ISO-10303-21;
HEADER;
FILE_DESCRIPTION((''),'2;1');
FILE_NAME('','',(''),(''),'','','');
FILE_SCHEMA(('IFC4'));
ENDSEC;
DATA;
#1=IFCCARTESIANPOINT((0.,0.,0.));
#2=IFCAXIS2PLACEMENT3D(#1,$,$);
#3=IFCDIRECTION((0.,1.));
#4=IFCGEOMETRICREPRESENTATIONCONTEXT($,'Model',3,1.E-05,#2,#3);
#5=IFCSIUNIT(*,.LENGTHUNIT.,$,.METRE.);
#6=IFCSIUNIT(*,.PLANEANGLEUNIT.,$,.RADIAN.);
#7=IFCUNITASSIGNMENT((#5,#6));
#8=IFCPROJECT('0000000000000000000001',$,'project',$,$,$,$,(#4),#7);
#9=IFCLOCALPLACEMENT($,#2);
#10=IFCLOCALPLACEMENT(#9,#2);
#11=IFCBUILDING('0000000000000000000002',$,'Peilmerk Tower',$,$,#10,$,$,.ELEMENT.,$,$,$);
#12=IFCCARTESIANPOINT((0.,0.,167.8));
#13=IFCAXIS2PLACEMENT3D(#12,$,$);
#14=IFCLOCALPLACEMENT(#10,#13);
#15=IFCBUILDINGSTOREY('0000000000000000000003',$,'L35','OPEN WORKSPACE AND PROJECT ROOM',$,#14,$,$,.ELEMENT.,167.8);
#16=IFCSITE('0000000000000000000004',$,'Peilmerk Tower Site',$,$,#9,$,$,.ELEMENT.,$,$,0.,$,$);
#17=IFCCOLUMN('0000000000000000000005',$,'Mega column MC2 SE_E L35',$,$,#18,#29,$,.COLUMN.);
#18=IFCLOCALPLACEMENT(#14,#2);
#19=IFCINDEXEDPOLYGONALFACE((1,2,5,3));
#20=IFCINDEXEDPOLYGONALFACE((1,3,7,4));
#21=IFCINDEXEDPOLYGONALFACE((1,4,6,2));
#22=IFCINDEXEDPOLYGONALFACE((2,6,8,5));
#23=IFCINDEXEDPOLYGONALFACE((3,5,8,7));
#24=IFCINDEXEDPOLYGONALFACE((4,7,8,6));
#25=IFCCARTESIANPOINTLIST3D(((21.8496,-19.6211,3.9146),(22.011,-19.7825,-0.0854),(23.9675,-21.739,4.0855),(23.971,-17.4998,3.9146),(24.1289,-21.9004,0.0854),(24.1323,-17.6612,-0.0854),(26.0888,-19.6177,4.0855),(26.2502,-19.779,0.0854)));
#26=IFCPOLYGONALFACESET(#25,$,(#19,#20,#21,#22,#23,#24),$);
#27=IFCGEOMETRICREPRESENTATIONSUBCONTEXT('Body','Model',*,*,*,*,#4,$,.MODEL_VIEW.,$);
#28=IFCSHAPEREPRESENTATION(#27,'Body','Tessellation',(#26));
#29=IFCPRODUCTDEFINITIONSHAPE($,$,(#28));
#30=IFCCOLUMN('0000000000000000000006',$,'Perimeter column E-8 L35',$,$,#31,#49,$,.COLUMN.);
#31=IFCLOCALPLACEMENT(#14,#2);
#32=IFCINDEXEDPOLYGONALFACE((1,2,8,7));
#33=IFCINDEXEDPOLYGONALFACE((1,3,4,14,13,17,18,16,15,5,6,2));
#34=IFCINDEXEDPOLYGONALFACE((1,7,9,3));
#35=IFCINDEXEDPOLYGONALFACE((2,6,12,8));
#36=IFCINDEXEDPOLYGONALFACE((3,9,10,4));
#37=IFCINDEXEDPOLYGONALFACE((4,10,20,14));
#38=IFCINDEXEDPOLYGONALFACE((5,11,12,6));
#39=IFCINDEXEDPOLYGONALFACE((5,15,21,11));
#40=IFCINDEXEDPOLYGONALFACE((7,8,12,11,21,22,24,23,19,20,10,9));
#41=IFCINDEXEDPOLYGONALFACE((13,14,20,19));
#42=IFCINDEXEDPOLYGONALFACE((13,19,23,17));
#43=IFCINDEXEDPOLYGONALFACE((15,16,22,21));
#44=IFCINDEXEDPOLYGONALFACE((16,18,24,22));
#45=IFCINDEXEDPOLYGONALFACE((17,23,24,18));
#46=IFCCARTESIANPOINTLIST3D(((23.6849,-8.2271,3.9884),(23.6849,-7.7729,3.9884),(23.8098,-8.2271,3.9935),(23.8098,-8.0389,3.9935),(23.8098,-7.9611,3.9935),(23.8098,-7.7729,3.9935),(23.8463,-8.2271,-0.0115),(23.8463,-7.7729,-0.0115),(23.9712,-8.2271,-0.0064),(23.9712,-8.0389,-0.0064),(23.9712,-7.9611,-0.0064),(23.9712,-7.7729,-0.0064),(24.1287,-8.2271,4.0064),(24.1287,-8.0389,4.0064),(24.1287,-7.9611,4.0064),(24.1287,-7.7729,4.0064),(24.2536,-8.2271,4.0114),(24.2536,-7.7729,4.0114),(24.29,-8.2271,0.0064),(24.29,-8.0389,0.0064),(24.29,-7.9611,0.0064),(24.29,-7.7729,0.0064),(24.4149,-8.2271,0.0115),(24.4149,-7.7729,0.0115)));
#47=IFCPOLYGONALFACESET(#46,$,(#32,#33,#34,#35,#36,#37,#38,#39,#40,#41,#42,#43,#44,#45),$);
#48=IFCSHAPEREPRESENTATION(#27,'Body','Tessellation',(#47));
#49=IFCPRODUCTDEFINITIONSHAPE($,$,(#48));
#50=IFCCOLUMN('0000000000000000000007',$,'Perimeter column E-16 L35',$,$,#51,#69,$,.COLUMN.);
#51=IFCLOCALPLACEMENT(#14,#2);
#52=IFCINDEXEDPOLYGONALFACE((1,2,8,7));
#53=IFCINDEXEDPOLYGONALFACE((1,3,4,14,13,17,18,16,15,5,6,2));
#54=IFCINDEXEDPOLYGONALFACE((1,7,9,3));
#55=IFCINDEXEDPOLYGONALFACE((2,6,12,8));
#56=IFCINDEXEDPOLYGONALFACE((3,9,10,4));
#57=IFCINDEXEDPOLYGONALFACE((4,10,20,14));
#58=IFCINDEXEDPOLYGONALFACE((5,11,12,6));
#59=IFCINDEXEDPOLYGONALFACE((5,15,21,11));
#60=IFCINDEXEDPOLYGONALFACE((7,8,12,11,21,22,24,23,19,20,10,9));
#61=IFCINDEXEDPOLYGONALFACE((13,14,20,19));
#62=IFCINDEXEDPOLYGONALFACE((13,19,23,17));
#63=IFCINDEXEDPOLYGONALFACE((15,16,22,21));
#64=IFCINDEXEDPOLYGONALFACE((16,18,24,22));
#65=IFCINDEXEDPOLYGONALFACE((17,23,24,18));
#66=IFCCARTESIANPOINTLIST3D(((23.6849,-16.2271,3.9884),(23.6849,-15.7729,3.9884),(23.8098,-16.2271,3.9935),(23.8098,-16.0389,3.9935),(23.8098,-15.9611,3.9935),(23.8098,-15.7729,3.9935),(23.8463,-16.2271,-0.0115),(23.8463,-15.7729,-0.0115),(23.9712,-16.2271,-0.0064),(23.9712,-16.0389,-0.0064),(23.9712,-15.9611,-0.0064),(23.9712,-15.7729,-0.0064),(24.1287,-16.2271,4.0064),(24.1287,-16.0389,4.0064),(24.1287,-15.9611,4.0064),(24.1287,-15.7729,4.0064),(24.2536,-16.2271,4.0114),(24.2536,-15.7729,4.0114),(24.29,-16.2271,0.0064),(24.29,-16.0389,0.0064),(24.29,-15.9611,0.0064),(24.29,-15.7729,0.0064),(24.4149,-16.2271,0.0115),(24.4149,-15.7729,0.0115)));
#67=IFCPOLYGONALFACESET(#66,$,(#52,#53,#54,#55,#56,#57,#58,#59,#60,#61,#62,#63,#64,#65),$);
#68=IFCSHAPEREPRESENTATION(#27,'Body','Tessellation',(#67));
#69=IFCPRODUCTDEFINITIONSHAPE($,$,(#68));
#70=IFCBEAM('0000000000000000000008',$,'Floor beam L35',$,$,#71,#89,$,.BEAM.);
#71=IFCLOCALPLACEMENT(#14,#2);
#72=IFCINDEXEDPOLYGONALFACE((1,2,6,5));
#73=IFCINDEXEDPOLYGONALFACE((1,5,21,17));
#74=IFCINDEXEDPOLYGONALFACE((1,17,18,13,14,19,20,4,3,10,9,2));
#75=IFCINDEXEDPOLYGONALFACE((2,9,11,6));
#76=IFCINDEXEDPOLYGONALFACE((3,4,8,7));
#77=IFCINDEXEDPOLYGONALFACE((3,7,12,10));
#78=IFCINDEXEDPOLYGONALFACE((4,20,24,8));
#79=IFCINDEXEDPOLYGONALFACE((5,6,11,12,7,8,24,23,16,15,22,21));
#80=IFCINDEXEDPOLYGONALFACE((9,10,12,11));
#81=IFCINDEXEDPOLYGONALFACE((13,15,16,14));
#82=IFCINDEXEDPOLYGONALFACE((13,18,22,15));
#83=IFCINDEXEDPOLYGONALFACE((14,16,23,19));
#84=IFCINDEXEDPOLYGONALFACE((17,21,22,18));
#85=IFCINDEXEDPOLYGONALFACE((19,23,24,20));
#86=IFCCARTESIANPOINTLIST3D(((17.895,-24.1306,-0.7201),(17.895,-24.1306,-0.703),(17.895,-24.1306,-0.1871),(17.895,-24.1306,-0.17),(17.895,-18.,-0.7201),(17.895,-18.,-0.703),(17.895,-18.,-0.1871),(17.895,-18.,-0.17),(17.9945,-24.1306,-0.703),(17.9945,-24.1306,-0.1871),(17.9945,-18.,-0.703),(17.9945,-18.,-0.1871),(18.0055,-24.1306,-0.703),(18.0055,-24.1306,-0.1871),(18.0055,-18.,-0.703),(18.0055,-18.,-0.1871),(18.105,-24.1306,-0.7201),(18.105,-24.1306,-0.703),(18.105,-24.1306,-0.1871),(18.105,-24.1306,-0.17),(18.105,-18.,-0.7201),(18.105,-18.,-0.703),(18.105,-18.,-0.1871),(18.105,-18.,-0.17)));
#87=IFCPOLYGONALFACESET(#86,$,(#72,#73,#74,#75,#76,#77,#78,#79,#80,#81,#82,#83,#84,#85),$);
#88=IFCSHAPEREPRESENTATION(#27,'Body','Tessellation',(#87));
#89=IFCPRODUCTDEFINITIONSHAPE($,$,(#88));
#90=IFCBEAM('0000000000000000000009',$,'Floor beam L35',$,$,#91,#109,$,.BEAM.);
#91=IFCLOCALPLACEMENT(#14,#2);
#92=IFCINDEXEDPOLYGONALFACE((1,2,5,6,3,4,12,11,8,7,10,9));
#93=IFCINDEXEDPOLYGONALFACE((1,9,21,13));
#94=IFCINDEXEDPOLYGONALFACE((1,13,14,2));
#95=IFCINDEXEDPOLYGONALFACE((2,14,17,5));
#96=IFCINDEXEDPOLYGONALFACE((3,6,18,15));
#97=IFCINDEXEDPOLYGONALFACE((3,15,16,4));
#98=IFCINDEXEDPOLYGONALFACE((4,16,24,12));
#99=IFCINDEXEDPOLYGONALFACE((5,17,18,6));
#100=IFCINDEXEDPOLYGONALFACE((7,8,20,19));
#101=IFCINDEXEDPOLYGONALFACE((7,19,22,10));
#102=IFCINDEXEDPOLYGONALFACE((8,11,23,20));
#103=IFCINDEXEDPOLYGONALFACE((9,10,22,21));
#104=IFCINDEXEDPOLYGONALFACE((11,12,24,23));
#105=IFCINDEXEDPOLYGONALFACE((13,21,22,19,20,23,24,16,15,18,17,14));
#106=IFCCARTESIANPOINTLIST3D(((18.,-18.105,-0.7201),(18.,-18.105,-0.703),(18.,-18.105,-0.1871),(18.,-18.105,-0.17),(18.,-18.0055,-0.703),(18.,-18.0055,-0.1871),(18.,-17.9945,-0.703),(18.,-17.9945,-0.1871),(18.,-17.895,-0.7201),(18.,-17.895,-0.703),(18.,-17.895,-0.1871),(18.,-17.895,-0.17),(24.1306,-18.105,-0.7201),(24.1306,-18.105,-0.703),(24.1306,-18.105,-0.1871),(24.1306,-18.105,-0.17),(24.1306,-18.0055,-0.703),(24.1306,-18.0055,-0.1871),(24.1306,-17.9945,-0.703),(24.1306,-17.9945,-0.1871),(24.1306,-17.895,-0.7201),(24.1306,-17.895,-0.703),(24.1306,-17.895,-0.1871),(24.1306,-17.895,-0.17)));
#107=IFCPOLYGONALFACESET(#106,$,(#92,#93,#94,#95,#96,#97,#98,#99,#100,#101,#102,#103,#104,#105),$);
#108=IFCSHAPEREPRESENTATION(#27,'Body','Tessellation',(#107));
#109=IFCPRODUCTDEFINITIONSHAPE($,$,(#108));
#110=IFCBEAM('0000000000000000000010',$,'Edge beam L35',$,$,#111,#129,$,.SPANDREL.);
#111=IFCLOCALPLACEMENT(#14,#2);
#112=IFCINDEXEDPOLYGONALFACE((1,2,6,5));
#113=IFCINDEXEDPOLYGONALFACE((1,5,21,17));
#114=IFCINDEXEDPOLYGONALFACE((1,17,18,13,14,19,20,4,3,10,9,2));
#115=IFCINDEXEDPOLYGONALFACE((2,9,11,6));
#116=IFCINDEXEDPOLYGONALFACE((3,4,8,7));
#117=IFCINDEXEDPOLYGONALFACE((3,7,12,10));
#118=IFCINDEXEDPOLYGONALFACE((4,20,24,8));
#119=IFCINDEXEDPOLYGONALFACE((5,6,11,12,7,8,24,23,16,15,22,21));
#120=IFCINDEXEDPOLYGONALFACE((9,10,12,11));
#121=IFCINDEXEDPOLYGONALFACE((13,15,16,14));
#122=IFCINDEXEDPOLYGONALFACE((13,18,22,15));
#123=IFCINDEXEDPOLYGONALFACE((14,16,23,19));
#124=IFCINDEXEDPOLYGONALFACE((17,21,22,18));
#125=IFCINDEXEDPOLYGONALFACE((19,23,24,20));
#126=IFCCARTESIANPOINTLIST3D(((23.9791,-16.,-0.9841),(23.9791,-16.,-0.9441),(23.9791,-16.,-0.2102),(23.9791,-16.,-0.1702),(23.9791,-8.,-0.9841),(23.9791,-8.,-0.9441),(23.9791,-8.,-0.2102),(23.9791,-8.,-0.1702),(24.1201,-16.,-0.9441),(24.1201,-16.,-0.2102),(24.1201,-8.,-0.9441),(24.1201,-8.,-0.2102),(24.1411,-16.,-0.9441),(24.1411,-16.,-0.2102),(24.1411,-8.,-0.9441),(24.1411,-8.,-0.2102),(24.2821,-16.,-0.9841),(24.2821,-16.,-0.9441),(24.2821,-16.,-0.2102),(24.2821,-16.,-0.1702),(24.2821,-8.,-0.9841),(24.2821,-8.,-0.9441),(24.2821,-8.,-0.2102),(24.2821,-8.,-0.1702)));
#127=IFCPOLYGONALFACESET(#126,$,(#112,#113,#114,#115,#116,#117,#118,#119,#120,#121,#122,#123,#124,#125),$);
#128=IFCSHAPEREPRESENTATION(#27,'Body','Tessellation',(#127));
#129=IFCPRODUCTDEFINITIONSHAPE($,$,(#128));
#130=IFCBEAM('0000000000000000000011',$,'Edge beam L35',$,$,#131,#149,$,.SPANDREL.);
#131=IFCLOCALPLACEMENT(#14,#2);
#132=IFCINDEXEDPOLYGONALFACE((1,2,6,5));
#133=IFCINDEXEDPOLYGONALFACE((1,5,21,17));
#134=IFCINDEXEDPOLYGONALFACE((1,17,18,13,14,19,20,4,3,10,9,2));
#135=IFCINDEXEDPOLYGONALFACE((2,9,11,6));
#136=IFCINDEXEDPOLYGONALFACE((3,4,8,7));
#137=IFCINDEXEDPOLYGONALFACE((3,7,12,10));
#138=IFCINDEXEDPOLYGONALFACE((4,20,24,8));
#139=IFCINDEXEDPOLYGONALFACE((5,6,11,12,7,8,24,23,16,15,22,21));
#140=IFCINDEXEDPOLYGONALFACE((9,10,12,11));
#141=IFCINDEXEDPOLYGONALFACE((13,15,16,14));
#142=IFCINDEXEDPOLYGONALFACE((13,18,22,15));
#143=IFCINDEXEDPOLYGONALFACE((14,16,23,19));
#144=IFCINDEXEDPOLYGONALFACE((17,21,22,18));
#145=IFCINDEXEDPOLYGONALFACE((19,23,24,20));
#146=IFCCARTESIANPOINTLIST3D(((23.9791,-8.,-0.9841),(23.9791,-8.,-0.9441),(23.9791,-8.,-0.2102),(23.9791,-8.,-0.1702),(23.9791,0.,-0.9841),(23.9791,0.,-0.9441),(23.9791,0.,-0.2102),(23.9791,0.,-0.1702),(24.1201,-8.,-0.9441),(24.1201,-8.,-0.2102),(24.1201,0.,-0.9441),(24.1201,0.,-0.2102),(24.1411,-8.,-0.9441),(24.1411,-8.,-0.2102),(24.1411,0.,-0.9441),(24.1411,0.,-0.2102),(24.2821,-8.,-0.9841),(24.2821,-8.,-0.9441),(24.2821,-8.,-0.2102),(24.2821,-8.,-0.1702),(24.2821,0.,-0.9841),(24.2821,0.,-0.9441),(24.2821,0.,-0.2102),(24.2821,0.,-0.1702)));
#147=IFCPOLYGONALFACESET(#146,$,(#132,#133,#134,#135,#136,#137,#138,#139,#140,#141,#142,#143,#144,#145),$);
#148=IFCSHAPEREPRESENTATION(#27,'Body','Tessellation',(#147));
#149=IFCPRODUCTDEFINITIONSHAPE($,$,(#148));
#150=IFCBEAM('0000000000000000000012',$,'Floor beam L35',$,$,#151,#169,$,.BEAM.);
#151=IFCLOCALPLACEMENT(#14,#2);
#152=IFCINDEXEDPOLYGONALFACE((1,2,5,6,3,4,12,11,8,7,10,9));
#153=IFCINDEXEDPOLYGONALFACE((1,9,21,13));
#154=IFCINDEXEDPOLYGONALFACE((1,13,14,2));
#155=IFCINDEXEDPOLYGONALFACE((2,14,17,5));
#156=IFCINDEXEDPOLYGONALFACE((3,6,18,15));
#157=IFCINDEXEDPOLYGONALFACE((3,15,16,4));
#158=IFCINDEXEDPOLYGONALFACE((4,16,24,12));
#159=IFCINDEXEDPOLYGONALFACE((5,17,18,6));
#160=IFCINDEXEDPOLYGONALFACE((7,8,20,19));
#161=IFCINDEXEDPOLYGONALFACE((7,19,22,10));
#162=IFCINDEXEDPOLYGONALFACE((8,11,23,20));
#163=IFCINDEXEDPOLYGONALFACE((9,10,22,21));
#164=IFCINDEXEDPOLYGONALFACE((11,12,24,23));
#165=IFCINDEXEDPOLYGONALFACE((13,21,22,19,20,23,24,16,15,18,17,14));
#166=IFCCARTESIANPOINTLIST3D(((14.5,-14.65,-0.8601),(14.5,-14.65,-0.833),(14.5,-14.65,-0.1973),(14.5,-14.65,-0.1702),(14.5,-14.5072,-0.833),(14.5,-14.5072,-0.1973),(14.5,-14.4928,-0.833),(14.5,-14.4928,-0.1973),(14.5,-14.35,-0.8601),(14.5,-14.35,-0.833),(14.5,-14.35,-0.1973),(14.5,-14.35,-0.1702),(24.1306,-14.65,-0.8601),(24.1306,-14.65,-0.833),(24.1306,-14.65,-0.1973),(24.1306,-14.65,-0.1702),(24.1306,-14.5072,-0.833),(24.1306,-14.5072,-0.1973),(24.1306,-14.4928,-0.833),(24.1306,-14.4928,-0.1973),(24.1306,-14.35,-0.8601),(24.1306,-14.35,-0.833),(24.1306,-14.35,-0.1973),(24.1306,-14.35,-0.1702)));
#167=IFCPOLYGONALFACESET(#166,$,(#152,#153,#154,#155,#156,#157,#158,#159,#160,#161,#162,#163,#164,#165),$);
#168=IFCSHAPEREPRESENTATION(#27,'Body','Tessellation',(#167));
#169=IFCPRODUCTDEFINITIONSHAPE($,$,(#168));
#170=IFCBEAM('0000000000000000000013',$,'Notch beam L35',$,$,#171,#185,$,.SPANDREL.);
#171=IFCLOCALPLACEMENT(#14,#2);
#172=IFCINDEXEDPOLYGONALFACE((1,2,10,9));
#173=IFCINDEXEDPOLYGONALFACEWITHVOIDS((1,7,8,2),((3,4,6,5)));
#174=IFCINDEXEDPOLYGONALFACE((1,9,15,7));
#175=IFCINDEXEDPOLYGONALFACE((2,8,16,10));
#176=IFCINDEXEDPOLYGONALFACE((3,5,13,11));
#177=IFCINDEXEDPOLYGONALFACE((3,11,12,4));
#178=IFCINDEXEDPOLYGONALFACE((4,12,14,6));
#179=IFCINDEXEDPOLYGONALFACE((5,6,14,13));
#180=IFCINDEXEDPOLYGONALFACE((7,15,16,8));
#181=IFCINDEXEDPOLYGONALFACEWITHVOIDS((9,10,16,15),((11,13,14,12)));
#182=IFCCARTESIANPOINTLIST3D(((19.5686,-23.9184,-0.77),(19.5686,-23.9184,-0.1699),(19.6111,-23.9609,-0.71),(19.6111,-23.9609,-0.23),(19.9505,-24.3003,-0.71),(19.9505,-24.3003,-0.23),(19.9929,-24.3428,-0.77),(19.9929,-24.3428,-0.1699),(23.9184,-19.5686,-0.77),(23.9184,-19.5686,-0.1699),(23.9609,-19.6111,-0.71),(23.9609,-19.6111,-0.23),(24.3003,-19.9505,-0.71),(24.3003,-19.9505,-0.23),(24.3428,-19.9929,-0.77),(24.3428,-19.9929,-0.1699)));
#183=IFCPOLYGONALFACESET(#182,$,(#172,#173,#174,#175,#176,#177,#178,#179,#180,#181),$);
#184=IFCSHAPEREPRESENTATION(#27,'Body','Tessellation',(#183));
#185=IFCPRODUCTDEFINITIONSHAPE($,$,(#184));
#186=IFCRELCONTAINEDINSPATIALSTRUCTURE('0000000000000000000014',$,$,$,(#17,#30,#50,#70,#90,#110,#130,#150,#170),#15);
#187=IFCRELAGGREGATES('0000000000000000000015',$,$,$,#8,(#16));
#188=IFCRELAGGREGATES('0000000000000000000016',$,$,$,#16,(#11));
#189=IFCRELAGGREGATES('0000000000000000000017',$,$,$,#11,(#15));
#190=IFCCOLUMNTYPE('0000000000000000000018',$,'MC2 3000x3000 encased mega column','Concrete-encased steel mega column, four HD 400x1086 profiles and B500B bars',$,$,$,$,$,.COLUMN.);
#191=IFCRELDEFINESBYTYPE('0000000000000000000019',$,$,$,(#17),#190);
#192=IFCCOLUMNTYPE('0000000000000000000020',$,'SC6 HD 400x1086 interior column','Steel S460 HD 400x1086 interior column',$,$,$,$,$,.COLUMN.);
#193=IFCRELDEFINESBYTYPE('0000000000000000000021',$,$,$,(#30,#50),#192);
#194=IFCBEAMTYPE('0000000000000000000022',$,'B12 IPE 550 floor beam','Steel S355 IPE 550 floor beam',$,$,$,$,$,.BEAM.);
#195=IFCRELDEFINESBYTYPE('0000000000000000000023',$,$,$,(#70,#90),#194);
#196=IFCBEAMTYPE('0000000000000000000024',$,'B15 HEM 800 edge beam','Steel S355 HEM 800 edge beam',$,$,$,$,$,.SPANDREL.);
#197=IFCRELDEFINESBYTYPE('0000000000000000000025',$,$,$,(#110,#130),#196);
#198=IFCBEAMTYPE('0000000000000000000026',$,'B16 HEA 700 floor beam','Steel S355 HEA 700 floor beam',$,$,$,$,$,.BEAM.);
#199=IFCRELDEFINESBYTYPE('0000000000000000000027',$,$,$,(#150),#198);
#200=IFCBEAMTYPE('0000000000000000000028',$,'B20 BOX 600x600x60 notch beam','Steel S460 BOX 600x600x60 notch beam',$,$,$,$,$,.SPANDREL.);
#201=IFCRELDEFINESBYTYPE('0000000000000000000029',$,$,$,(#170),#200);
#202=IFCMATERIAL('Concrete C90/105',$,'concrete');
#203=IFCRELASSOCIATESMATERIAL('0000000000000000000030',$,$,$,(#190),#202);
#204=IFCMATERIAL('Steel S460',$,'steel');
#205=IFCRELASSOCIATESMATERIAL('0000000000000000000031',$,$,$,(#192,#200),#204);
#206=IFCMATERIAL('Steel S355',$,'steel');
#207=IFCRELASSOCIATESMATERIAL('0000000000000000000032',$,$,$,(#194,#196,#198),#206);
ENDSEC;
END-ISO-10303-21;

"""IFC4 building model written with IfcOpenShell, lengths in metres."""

from ifc_helpers import new_model, si_unit, direction, frame, origin, origin_2d, place, context, subcontext, project, spatial, rectangle, hollow_rectangle, i_section, extrude, material, material_profile, profile_set, type_object, element, save


model = new_model("IFC4")

# Units and contexts
model_context = context("Model", 3, precision=1e-05, world=origin(), true_north=direction((0.0, 1.0)))
body_context = subcontext(model_context, "Body", "Model", "MODEL_VIEW")
ifc_project = project(units=[si_unit("LENGTHUNIT", "METRE"), si_unit("PLANEANGLEUNIT", "RADIAN")], contexts=[model_context])

# Site, building, storey
site_placement = place(None, origin())
site = spatial("IfcSite", under=ifc_project, at=site_placement, Name="Peilmerk Tower Site", CompositionType="ELEMENT", RefElevation=0.0)
building_placement = place(site_placement, origin())
building = spatial("IfcBuilding", under=site, at=building_placement, Name="Peilmerk Tower", CompositionType="ELEMENT")
storey_placement = place(building_placement, frame((0.0, 0.0, 167.8)))
storey = spatial("IfcBuildingStorey", under=building, at=storey_placement, Name="L35", Description="OPEN WORKSPACE AND PROJECT ROOM", CompositionType="ELEMENT", Elevation=167.8)

# Columns
ifc_material_1 = material(Name="Concrete C90/105", Category="concrete")
ifc_material_profile_1 = material_profile(ifc_material_1, rectangle(XDim=3.0, YDim=3.0, at=origin_2d()), Name="RC 3000x3000")
ifc_profile_set_1 = profile_set([ifc_material_profile_1], Name="Concrete C90/105")
column_type_1 = type_object("IfcColumnType", Name="MC2 3000x3000 encased mega column", Description="Concrete-encased steel mega column, four HD 400x1086 profiles and B500B bars", PredefinedType="COLUMN", material=ifc_profile_set_1)
column_placement = place(storey_placement, frame((24.1306, -19.7808, 0.0), z_axis=(-0.040279, 0.040279, 0.998376), x_axis=(-0.707107, -0.707107, 0.0)))
element("IfcColumn", 1, at=column_placement, inside=storey, type_object=column_type_1, Name="Mega column MC2 SE_E L35", PredefinedType="COLUMN", context=body_context, shape_type="SweptSolid", body=[
    extrude(rectangle(XDim=3.0, YDim=3.0, at=origin_2d()), origin(), (0.0, 0.0, 1.0), 4.0066),
])
ifc_material_2 = material(Name="Steel S460", Category="steel")
ifc_material_profile_2 = material_profile(ifc_material_2, i_section(OverallWidth=0.4541, OverallDepth=0.5691, WebThickness=0.0779, FlangeThickness=0.125, at=origin_2d()), Name="HD 400x1086")
ifc_profile_set_2 = profile_set([ifc_material_profile_2], Name="Steel S460")
column_type_2 = type_object("IfcColumnType", Name="SC6 HD 400x1086 interior column", Description="Steel S460 HD 400x1086 interior column", PredefinedType="COLUMN", material=ifc_profile_set_2)
for number, where, z_axis, x_axis, name in (
    (2, (24.1306, -8.0, 0.0), (-0.040311, 0.0, 0.999187), (0.0, -1.0, 0.0), "Perimeter column E-8 L35"),
    (3, (24.1306, -16.0, 0.0), (-0.040311, 0.0, 0.999187), (0.0, -1.0, 0.0), "Perimeter column E-16 L35"),
):
    element("IfcColumn", number, at=place(storey_placement, frame(where, z_axis=z_axis, x_axis=x_axis)), inside=storey, type_object=column_type_2, Name=name, PredefinedType="COLUMN", context=body_context, shape_type="SweptSolid", body=[
        extrude(i_section(OverallWidth=0.4541, OverallDepth=0.5691, WebThickness=0.0779, FlangeThickness=0.125, at=origin_2d()), origin(), (0.0, 0.0, 1.0), 4.0032),
    ])

# Beams
ifc_material_3 = material(Name="Steel S355", Category="steel")
ifc_material_profile_3 = material_profile(ifc_material_3, i_section(OverallWidth=0.21, OverallDepth=0.55, WebThickness=0.011, FlangeThickness=0.0171, at=origin_2d()), Name="IPE 550")
ifc_profile_set_3 = profile_set([ifc_material_profile_3], Name="Steel S355")
beam_type_1 = type_object("IfcBeamType", Name="B12 IPE 550 floor beam", Description="Steel S355 IPE 550 floor beam", PredefinedType="BEAM", material=ifc_profile_set_3)
for number, where, z_axis, x_axis, name in (
    (4, (18.0, -18.0, -0.4451), (0.0, -1.0, 0.0), (1.0, 0.0, 0.0), "Floor beam L35"),
    (5, (18.0, -18.0, -0.4451), (1.0, 0.0, 0.0), (0.0, 1.0, 0.0), "Floor beam L35"),
):
    element("IfcBeam", number, at=place(storey_placement, frame(where, z_axis=z_axis, x_axis=x_axis)), inside=storey, type_object=beam_type_1, Name=name, PredefinedType="BEAM", context=body_context, shape_type="SweptSolid", body=[
        extrude(i_section(OverallWidth=0.21, OverallDepth=0.55, WebThickness=0.011, FlangeThickness=0.0171, at=origin_2d()), origin(), (0.0, 0.0, 1.0), 6.1306),
    ])
ifc_material_profile_4 = material_profile(ifc_material_3, i_section(OverallWidth=0.303, OverallDepth=0.814, WebThickness=0.021, FlangeThickness=0.04, at=origin_2d()), Name="HEM 800")
ifc_profile_set_4 = profile_set([ifc_material_profile_4], Name="Steel S355")
beam_type_2 = type_object("IfcBeamType", Name="B15 HEM 800 edge beam", Description="Steel S355 HEM 800 edge beam", PredefinedType="SPANDREL", material=ifc_profile_set_4)
for number, where, z_axis, x_axis, name in (
    (6, (24.1306, -16.0, -0.5771), (0.0, 1.0, 0.0), (-1.0, 0.0, 0.0), "Edge beam L35"),
    (7, (24.1306, -8.0, -0.5771), (0.0, 1.0, 0.0), (-1.0, 0.0, 0.0), "Edge beam L35"),
):
    element("IfcBeam", number, at=place(storey_placement, frame(where, z_axis=z_axis, x_axis=x_axis)), inside=storey, type_object=beam_type_2, Name=name, PredefinedType="SPANDREL", context=body_context, shape_type="SweptSolid", body=[
        extrude(i_section(OverallWidth=0.303, OverallDepth=0.814, WebThickness=0.021, FlangeThickness=0.04, at=origin_2d()), origin(), (0.0, 0.0, 1.0), 8.0),
    ])
ifc_material_profile_5 = material_profile(ifc_material_3, i_section(OverallWidth=0.3, OverallDepth=0.6899, WebThickness=0.0144, FlangeThickness=0.0271, at=origin_2d()), Name="HEA 700")
ifc_profile_set_5 = profile_set([ifc_material_profile_5], Name="Steel S355")
beam_type_3 = type_object("IfcBeamType", Name="B16 HEA 700 floor beam", Description="Steel S355 HEA 700 floor beam", PredefinedType="BEAM", material=ifc_profile_set_5)
beam_1_placement = place(storey_placement, frame((14.5, -14.5, -0.5151), z_axis=(1.0, 0.0, 0.0), x_axis=(0.0, 1.0, 0.0)))
element("IfcBeam", 8, at=beam_1_placement, inside=storey, type_object=beam_type_3, Name="Floor beam L35", PredefinedType="BEAM", context=body_context, shape_type="SweptSolid", body=[
    extrude(i_section(OverallWidth=0.3, OverallDepth=0.6899, WebThickness=0.0144, FlangeThickness=0.0271, at=origin_2d()), origin(), (0.0, 0.0, 1.0), 9.6306),
])
ifc_material_profile_6 = material_profile(ifc_material_2, hollow_rectangle(XDim=0.6001, YDim=0.6001, WallThickness=0.0601, at=origin_2d()), Name="BOX 600x600x60")
ifc_profile_set_6 = profile_set([ifc_material_profile_6], Name="Steel S460")
beam_type_4 = type_object("IfcBeamType", Name="B20 BOX 600x600x60 notch beam", Description="Steel S460 BOX 600x600x60 notch beam", PredefinedType="SPANDREL", material=ifc_profile_set_6)
beam_2_placement = place(storey_placement, frame((24.1306, -19.7808, -0.47), z_axis=(-0.707107, -0.707107, 0.0), x_axis=(0.707107, -0.707107, 0.0)))
element("IfcBeam", 9, at=beam_2_placement, inside=storey, type_object=beam_type_4, Name="Notch beam L35", PredefinedType="SPANDREL", context=body_context, shape_type="SweptSolid", body=[
    extrude(hollow_rectangle(XDim=0.6001, YDim=0.6001, WallThickness=0.0601, at=origin_2d()), origin(), (0.0, 0.0, 1.0), 6.1516),
])

save(model, "model.ifc")
